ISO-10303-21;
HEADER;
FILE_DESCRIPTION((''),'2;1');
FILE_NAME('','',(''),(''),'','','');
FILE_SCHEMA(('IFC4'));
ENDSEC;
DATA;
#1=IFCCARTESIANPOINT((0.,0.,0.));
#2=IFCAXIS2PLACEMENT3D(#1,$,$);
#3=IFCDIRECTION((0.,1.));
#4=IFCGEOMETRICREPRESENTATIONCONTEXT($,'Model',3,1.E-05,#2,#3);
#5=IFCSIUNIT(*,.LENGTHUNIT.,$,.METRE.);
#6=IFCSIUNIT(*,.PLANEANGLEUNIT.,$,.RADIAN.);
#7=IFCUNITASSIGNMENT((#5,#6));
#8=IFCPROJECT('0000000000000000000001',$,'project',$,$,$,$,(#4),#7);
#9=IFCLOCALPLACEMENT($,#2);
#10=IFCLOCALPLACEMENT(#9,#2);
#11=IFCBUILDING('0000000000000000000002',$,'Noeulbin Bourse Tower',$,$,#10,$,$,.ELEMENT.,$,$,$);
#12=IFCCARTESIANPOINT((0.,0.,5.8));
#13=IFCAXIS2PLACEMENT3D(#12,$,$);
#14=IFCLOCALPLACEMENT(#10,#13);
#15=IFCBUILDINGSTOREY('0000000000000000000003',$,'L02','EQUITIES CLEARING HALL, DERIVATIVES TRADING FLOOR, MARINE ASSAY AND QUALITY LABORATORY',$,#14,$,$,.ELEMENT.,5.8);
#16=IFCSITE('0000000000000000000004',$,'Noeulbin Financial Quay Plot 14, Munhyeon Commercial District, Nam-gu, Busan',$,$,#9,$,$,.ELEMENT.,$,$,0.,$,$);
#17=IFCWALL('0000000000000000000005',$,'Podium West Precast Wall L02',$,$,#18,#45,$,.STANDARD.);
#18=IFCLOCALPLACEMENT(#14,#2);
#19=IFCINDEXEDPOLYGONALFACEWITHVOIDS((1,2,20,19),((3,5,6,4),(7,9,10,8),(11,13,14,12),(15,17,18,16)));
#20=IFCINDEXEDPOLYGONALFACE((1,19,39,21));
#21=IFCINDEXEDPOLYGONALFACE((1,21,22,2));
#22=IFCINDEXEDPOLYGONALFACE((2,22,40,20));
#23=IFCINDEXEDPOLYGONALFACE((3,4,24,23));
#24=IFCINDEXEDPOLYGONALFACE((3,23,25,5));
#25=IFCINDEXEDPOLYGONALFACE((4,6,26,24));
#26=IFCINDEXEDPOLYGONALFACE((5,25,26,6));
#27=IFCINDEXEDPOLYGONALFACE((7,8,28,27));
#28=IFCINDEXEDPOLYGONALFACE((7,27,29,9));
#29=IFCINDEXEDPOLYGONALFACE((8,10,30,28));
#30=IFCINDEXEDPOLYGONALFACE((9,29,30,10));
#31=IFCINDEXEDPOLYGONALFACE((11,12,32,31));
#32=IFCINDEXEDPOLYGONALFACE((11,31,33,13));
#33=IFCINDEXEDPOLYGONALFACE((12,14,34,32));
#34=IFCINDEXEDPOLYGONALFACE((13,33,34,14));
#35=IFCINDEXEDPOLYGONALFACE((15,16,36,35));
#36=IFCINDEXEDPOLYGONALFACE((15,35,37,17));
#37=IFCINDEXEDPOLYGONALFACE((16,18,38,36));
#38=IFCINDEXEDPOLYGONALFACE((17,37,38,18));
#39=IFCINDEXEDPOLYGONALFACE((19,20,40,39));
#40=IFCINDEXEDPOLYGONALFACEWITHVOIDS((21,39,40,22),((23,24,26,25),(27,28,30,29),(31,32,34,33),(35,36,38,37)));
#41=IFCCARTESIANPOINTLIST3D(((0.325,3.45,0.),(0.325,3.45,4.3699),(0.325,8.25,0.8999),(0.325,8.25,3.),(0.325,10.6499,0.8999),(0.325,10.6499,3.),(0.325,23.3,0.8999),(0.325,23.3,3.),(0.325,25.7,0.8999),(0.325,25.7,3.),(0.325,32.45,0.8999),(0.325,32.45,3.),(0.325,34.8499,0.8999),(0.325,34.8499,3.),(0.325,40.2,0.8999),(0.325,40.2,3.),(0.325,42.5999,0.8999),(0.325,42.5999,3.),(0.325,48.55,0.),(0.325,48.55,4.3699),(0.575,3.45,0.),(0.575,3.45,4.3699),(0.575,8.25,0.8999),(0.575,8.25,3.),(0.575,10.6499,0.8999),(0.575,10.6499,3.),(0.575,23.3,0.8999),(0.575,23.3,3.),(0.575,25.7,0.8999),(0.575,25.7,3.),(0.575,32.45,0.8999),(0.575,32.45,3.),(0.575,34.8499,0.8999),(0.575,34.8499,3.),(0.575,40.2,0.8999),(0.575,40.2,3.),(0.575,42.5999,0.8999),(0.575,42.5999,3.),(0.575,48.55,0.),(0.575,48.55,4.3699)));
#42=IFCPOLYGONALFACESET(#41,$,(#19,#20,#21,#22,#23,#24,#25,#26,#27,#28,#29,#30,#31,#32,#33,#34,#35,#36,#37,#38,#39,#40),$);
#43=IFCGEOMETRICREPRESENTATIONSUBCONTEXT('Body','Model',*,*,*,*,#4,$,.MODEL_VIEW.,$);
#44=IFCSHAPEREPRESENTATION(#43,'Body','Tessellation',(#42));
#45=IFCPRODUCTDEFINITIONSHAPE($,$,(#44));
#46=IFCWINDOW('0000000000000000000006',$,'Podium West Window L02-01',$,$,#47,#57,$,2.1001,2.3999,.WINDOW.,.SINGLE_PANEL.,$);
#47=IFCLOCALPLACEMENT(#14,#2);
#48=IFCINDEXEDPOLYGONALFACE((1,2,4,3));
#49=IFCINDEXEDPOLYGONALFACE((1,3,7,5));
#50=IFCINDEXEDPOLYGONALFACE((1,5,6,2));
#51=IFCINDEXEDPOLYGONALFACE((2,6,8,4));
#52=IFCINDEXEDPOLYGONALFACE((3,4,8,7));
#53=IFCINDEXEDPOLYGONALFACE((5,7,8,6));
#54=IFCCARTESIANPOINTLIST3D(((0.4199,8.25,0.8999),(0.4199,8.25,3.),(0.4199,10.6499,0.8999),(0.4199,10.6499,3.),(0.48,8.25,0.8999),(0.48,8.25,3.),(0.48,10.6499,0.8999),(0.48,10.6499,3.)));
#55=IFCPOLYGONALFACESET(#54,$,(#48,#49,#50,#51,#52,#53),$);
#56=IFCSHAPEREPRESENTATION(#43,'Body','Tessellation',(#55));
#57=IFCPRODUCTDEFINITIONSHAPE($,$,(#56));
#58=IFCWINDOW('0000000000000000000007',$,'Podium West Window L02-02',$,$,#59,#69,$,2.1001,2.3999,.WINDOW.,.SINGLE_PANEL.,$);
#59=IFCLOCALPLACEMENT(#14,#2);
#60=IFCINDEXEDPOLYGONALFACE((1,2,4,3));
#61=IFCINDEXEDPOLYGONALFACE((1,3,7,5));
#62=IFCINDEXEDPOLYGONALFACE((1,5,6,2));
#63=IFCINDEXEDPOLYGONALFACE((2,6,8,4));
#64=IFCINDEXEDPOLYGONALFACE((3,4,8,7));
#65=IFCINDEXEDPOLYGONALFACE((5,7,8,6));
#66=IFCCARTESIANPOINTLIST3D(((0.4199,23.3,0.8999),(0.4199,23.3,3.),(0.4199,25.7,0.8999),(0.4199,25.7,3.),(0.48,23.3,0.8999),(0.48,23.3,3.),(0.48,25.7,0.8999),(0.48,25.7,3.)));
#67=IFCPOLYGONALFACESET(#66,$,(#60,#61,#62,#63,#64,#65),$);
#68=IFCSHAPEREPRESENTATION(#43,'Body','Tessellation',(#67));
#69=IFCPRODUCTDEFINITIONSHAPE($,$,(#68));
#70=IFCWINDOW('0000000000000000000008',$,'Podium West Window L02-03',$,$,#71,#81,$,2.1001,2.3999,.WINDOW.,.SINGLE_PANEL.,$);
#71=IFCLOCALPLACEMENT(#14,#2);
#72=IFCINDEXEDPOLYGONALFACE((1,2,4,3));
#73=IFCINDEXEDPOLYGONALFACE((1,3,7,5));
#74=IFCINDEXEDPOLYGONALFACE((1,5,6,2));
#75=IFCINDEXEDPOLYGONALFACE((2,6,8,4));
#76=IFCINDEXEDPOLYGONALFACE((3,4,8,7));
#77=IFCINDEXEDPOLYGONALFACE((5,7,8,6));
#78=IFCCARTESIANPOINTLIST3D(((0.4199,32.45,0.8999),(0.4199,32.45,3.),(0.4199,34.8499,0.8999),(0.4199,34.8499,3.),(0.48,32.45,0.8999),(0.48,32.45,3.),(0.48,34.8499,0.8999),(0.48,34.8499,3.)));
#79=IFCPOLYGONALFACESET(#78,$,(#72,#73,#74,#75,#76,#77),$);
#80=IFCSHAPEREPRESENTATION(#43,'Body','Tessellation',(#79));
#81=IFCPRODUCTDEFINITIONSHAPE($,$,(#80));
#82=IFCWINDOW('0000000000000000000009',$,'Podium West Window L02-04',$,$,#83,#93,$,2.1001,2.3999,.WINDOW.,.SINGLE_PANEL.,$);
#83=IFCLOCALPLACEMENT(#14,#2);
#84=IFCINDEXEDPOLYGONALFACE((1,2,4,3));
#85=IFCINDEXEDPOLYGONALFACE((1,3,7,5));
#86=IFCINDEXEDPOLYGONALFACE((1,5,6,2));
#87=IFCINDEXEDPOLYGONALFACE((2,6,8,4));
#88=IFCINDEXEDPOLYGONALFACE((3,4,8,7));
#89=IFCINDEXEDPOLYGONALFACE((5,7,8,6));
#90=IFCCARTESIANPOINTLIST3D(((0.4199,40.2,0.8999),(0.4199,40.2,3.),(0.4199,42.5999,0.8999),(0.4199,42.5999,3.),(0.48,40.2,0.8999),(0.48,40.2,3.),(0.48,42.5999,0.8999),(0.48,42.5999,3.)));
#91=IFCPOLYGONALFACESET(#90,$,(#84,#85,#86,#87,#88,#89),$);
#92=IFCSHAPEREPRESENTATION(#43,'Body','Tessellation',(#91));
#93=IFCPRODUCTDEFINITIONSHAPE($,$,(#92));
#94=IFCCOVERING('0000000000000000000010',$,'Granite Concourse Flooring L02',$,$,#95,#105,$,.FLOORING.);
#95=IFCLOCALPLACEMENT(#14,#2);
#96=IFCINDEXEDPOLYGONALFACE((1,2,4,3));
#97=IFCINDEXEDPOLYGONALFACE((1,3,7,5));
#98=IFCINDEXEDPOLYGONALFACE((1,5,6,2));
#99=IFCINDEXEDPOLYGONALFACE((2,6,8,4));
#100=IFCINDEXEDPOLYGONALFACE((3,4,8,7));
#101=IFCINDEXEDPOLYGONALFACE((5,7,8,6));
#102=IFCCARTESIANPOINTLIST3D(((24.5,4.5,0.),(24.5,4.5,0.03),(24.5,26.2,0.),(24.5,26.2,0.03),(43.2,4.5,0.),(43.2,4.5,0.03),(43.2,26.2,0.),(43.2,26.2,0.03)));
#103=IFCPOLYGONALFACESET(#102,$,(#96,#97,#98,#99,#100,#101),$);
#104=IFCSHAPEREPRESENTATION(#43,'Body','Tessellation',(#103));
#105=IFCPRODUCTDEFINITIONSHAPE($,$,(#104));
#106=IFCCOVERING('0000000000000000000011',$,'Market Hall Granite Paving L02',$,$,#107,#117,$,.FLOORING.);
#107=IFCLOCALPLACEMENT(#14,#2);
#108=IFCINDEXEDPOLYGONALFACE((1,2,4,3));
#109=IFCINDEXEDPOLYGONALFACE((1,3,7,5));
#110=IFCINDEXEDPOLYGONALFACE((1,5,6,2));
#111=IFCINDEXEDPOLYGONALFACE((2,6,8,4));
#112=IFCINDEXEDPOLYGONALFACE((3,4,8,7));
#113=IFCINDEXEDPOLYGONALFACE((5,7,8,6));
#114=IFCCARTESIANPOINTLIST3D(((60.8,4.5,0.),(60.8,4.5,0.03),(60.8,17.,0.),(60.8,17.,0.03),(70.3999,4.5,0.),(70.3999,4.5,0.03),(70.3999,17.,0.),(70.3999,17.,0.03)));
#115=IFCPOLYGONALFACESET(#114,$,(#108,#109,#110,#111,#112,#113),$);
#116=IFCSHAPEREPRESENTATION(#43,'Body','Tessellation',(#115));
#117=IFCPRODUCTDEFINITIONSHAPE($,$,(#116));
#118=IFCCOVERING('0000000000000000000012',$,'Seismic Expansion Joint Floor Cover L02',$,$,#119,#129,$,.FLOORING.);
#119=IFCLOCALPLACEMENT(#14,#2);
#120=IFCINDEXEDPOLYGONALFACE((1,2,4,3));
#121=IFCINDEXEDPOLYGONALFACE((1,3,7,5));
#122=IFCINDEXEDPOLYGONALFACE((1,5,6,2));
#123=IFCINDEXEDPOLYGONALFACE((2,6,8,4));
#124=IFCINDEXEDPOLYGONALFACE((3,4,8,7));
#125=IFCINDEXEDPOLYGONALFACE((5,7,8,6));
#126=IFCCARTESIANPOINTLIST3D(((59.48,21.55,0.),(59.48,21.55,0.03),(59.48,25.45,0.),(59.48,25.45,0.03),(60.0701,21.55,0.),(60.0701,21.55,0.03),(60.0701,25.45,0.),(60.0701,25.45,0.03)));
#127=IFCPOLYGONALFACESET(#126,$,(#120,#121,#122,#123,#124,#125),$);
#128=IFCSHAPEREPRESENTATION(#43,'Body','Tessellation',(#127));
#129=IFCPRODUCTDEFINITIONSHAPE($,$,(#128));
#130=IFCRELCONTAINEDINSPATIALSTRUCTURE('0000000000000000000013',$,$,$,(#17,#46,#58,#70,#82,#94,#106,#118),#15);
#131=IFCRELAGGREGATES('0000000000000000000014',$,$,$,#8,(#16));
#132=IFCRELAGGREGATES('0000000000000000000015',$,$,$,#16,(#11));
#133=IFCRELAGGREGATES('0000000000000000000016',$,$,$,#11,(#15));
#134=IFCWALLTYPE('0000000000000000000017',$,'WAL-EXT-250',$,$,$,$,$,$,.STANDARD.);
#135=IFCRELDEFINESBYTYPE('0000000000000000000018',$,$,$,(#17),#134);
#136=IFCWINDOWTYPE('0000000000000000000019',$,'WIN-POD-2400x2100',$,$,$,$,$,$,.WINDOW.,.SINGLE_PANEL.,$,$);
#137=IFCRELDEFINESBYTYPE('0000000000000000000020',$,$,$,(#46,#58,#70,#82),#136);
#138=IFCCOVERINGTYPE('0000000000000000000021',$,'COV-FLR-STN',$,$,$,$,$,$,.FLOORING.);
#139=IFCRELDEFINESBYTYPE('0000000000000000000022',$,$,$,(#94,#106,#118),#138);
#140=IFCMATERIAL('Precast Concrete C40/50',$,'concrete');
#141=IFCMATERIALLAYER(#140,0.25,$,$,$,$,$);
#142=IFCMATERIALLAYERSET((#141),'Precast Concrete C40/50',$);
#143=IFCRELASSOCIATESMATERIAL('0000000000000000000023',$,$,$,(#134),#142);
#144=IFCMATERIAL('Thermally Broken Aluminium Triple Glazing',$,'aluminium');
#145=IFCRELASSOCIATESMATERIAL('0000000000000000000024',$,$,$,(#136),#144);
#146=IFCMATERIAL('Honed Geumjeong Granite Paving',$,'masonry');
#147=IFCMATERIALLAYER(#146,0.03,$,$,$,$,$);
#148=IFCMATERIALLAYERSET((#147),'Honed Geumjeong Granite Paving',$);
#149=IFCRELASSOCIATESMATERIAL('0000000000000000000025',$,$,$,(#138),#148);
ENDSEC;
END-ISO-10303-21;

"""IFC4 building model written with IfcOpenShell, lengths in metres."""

from ifc_helpers import new_model, si_unit, direction, frame, frame_2d, origin, place, context, subcontext, project, spatial, polyline, rectangle, outline, extrude, material, layer, layer_set, type_object, element, fill, save


model = new_model("IFC4")

# Units and contexts
model_context = context("Model", 3, precision=1e-05, world=origin(), true_north=direction((0.0, 1.0)))
body_context = subcontext(model_context, "Body", "Model", "MODEL_VIEW")
ifc_project = project(units=[si_unit("LENGTHUNIT", "METRE"), si_unit("PLANEANGLEUNIT", "RADIAN")], contexts=[model_context])

# Site, building, storey
site_placement = place(None, origin())
site = spatial("IfcSite", under=ifc_project, at=site_placement, Name="Noeulbin Financial Quay Plot 14, Munhyeon Commercial District, Nam-gu, Busan", CompositionType="ELEMENT", RefElevation=0.0)
building_placement = place(site_placement, origin())
building = spatial("IfcBuilding", under=site, at=building_placement, Name="Noeulbin Bourse Tower", CompositionType="ELEMENT")
storey_placement = place(building_placement, frame((0.0, 0.0, 5.8)))
storey = spatial("IfcBuildingStorey", under=building, at=storey_placement, Name="L02", Description="EQUITIES CLEARING HALL, DERIVATIVES TRADING FLOOR, MARINE ASSAY AND QUALITY LABORATORY", CompositionType="ELEMENT", Elevation=5.8)

# Wall, openings, windows
ifc_material_1 = material(Name="Precast Concrete C40/50", Category="concrete")
ifc_layer_1 = layer(ifc_material_1, 0.25)
ifc_layer_set_1 = layer_set([ifc_layer_1], Name="Precast Concrete C40/50")
wall_type = type_object("IfcWallType", Name="WAL-EXT-250", PredefinedType="STANDARD", material=ifc_layer_set_1)
wall_placement = place(storey_placement, frame((0.45, 3.45, 0.0), z_axis=(0.0, 0.0, 1.0), x_axis=(0.0, 1.0, 0.0)))
wall = element("IfcWall", 1, at=wall_placement, inside=storey, type_object=wall_type, Name="Podium West Precast Wall L02", PredefinedType="STANDARD", context=body_context, shape_type="SweptSolid", body=[
    extrude(rectangle(XDim=45.1001, YDim=0.25, at=frame_2d((22.55, 0.0))), origin(), (0.0, 0.0, 1.0), 4.3699),
])
opening_1_placement = place(wall_placement, frame((4.8, 0.0, 0.8999)))
opening_1 = element("IfcOpeningElement", 2, at=opening_1_placement, cuts=wall, PredefinedType="OPENING", context=body_context, shape_type="SweptSolid", body=[
    extrude(rectangle(XDim=2.3999, YDim=2.1001, at=frame_2d((1.2, 1.05))), frame((0.0, 0.135, 0.0), z_axis=(0.0, -1.0, 0.0), x_axis=(1.0, 0.0, 0.0)), (0.0, 0.0, 1.0), 0.27),
])
opening_2_placement = place(wall_placement, frame((19.8501, 0.0, 0.8999)))
opening_2 = element("IfcOpeningElement", 3, at=opening_2_placement, cuts=wall, PredefinedType="OPENING", context=body_context, shape_type="SweptSolid", body=[
    extrude(rectangle(XDim=2.3999, YDim=2.1001, at=frame_2d((1.2, 1.05))), frame((0.0, 0.135, 0.0), z_axis=(0.0, -1.0, 0.0), x_axis=(1.0, 0.0, 0.0)), (0.0, 0.0, 1.0), 0.27),
])
opening_3_placement = place(wall_placement, frame((29.0, 0.0, 0.8999)))
opening_3 = element("IfcOpeningElement", 4, at=opening_3_placement, cuts=wall, PredefinedType="OPENING", context=body_context, shape_type="SweptSolid", body=[
    extrude(rectangle(XDim=2.3999, YDim=2.1001, at=frame_2d((1.2, 1.05))), frame((0.0, 0.135, 0.0), z_axis=(0.0, -1.0, 0.0), x_axis=(1.0, 0.0, 0.0)), (0.0, 0.0, 1.0), 0.27),
])
opening_4_placement = place(wall_placement, frame((36.75, 0.0, 0.8999)))
opening_4 = element("IfcOpeningElement", 5, at=opening_4_placement, cuts=wall, PredefinedType="OPENING", context=body_context, shape_type="SweptSolid", body=[
    extrude(rectangle(XDim=2.3999, YDim=2.1001, at=frame_2d((1.2, 1.05))), frame((0.0, 0.135, 0.0), z_axis=(0.0, -1.0, 0.0), x_axis=(1.0, 0.0, 0.0)), (0.0, 0.0, 1.0), 0.27),
])
ifc_material_2 = material(Name="Thermally Broken Aluminium Triple Glazing", Category="aluminium")
window_type = type_object("IfcWindowType", Name="WIN-POD-2400x2100", PartitioningType="SINGLE_PANEL", PredefinedType="WINDOW", material=ifc_material_2)
window_1_placement = place(opening_1_placement, origin())
window_1 = element("IfcWindow", 6, at=window_1_placement, inside=storey, type_object=window_type, Name="Podium West Window L02-01", OverallHeight=2.1001, OverallWidth=2.3999, PartitioningType="SINGLE_PANEL", PredefinedType="WINDOW", context=body_context, shape_type="SweptSolid", body=[
    extrude(rectangle(XDim=2.3999, YDim=2.1001, at=frame_2d((1.2, 1.05))), frame((0.0, 0.03, 0.0), z_axis=(0.0, -1.0, 0.0), x_axis=(1.0, 0.0, 0.0)), (0.0, 0.0, 1.0), 0.0601),
])
fill(opening_1, window_1)
window_2_placement = place(opening_2_placement, origin())
window_2 = element("IfcWindow", 7, at=window_2_placement, inside=storey, type_object=window_type, Name="Podium West Window L02-02", OverallHeight=2.1001, OverallWidth=2.3999, PartitioningType="SINGLE_PANEL", PredefinedType="WINDOW", context=body_context, shape_type="SweptSolid", body=[
    extrude(rectangle(XDim=2.3999, YDim=2.1001, at=frame_2d((1.2, 1.05))), frame((0.0, 0.03, 0.0), z_axis=(0.0, -1.0, 0.0), x_axis=(1.0, 0.0, 0.0)), (0.0, 0.0, 1.0), 0.0601),
])
fill(opening_2, window_2)
window_3_placement = place(opening_3_placement, origin())
window_3 = element("IfcWindow", 8, at=window_3_placement, inside=storey, type_object=window_type, Name="Podium West Window L02-03", OverallHeight=2.1001, OverallWidth=2.3999, PartitioningType="SINGLE_PANEL", PredefinedType="WINDOW", context=body_context, shape_type="SweptSolid", body=[
    extrude(rectangle(XDim=2.3999, YDim=2.1001, at=frame_2d((1.2, 1.05))), frame((0.0, 0.03, 0.0), z_axis=(0.0, -1.0, 0.0), x_axis=(1.0, 0.0, 0.0)), (0.0, 0.0, 1.0), 0.0601),
])
fill(opening_3, window_3)
window_4_placement = place(opening_4_placement, origin())
window_4 = element("IfcWindow", 9, at=window_4_placement, inside=storey, type_object=window_type, Name="Podium West Window L02-04", OverallHeight=2.1001, OverallWidth=2.3999, PartitioningType="SINGLE_PANEL", PredefinedType="WINDOW", context=body_context, shape_type="SweptSolid", body=[
    extrude(rectangle(XDim=2.3999, YDim=2.1001, at=frame_2d((1.2, 1.05))), frame((0.0, 0.03, 0.0), z_axis=(0.0, -1.0, 0.0), x_axis=(1.0, 0.0, 0.0)), (0.0, 0.0, 1.0), 0.0601),
])
fill(opening_4, window_4)

# Coverings
ifc_material_3 = material(Name="Honed Geumjeong Granite Paving", Category="masonry")
ifc_layer_2 = layer(ifc_material_3, 0.03)
ifc_layer_set_2 = layer_set([ifc_layer_2], Name="Honed Geumjeong Granite Paving")
covering_type = type_object("IfcCoveringType", Name="COV-FLR-STN", PredefinedType="FLOORING", material=ifc_layer_set_2)
covering_1_placement = place(storey_placement, origin())
element("IfcCovering", 10, at=covering_1_placement, inside=storey, type_object=covering_type, Name="Granite Concourse Flooring L02", PredefinedType="FLOORING", context=body_context, shape_type="SweptSolid", body=[
    extrude(outline(polyline([(24.5, 4.5), (43.2, 4.5), (43.2, 26.2), (24.5, 26.2), (24.5, 4.5)])), origin(), (0.0, 0.0, 1.0), 0.03),
])
covering_2_placement = place(storey_placement, origin())
element("IfcCovering", 11, at=covering_2_placement, inside=storey, type_object=covering_type, Name="Market Hall Granite Paving L02", PredefinedType="FLOORING", context=body_context, shape_type="SweptSolid", body=[
    extrude(outline(polyline([(60.8, 4.5), (70.3999, 4.5), (70.3999, 17.0), (60.8, 17.0), (60.8, 4.5)])), origin(), (0.0, 0.0, 1.0), 0.03),
])
covering_3_placement = place(storey_placement, origin())
element("IfcCovering", 12, at=covering_3_placement, inside=storey, type_object=covering_type, Name="Seismic Expansion Joint Floor Cover L02", PredefinedType="FLOORING", context=body_context, shape_type="SweptSolid", body=[
    extrude(outline(polyline([(59.48, 21.55), (60.0701, 21.55), (60.0701, 25.45), (59.48, 25.45), (59.48, 21.55)])), origin(), (0.0, 0.0, 1.0), 0.03),
])

save(model, "model.ifc")
